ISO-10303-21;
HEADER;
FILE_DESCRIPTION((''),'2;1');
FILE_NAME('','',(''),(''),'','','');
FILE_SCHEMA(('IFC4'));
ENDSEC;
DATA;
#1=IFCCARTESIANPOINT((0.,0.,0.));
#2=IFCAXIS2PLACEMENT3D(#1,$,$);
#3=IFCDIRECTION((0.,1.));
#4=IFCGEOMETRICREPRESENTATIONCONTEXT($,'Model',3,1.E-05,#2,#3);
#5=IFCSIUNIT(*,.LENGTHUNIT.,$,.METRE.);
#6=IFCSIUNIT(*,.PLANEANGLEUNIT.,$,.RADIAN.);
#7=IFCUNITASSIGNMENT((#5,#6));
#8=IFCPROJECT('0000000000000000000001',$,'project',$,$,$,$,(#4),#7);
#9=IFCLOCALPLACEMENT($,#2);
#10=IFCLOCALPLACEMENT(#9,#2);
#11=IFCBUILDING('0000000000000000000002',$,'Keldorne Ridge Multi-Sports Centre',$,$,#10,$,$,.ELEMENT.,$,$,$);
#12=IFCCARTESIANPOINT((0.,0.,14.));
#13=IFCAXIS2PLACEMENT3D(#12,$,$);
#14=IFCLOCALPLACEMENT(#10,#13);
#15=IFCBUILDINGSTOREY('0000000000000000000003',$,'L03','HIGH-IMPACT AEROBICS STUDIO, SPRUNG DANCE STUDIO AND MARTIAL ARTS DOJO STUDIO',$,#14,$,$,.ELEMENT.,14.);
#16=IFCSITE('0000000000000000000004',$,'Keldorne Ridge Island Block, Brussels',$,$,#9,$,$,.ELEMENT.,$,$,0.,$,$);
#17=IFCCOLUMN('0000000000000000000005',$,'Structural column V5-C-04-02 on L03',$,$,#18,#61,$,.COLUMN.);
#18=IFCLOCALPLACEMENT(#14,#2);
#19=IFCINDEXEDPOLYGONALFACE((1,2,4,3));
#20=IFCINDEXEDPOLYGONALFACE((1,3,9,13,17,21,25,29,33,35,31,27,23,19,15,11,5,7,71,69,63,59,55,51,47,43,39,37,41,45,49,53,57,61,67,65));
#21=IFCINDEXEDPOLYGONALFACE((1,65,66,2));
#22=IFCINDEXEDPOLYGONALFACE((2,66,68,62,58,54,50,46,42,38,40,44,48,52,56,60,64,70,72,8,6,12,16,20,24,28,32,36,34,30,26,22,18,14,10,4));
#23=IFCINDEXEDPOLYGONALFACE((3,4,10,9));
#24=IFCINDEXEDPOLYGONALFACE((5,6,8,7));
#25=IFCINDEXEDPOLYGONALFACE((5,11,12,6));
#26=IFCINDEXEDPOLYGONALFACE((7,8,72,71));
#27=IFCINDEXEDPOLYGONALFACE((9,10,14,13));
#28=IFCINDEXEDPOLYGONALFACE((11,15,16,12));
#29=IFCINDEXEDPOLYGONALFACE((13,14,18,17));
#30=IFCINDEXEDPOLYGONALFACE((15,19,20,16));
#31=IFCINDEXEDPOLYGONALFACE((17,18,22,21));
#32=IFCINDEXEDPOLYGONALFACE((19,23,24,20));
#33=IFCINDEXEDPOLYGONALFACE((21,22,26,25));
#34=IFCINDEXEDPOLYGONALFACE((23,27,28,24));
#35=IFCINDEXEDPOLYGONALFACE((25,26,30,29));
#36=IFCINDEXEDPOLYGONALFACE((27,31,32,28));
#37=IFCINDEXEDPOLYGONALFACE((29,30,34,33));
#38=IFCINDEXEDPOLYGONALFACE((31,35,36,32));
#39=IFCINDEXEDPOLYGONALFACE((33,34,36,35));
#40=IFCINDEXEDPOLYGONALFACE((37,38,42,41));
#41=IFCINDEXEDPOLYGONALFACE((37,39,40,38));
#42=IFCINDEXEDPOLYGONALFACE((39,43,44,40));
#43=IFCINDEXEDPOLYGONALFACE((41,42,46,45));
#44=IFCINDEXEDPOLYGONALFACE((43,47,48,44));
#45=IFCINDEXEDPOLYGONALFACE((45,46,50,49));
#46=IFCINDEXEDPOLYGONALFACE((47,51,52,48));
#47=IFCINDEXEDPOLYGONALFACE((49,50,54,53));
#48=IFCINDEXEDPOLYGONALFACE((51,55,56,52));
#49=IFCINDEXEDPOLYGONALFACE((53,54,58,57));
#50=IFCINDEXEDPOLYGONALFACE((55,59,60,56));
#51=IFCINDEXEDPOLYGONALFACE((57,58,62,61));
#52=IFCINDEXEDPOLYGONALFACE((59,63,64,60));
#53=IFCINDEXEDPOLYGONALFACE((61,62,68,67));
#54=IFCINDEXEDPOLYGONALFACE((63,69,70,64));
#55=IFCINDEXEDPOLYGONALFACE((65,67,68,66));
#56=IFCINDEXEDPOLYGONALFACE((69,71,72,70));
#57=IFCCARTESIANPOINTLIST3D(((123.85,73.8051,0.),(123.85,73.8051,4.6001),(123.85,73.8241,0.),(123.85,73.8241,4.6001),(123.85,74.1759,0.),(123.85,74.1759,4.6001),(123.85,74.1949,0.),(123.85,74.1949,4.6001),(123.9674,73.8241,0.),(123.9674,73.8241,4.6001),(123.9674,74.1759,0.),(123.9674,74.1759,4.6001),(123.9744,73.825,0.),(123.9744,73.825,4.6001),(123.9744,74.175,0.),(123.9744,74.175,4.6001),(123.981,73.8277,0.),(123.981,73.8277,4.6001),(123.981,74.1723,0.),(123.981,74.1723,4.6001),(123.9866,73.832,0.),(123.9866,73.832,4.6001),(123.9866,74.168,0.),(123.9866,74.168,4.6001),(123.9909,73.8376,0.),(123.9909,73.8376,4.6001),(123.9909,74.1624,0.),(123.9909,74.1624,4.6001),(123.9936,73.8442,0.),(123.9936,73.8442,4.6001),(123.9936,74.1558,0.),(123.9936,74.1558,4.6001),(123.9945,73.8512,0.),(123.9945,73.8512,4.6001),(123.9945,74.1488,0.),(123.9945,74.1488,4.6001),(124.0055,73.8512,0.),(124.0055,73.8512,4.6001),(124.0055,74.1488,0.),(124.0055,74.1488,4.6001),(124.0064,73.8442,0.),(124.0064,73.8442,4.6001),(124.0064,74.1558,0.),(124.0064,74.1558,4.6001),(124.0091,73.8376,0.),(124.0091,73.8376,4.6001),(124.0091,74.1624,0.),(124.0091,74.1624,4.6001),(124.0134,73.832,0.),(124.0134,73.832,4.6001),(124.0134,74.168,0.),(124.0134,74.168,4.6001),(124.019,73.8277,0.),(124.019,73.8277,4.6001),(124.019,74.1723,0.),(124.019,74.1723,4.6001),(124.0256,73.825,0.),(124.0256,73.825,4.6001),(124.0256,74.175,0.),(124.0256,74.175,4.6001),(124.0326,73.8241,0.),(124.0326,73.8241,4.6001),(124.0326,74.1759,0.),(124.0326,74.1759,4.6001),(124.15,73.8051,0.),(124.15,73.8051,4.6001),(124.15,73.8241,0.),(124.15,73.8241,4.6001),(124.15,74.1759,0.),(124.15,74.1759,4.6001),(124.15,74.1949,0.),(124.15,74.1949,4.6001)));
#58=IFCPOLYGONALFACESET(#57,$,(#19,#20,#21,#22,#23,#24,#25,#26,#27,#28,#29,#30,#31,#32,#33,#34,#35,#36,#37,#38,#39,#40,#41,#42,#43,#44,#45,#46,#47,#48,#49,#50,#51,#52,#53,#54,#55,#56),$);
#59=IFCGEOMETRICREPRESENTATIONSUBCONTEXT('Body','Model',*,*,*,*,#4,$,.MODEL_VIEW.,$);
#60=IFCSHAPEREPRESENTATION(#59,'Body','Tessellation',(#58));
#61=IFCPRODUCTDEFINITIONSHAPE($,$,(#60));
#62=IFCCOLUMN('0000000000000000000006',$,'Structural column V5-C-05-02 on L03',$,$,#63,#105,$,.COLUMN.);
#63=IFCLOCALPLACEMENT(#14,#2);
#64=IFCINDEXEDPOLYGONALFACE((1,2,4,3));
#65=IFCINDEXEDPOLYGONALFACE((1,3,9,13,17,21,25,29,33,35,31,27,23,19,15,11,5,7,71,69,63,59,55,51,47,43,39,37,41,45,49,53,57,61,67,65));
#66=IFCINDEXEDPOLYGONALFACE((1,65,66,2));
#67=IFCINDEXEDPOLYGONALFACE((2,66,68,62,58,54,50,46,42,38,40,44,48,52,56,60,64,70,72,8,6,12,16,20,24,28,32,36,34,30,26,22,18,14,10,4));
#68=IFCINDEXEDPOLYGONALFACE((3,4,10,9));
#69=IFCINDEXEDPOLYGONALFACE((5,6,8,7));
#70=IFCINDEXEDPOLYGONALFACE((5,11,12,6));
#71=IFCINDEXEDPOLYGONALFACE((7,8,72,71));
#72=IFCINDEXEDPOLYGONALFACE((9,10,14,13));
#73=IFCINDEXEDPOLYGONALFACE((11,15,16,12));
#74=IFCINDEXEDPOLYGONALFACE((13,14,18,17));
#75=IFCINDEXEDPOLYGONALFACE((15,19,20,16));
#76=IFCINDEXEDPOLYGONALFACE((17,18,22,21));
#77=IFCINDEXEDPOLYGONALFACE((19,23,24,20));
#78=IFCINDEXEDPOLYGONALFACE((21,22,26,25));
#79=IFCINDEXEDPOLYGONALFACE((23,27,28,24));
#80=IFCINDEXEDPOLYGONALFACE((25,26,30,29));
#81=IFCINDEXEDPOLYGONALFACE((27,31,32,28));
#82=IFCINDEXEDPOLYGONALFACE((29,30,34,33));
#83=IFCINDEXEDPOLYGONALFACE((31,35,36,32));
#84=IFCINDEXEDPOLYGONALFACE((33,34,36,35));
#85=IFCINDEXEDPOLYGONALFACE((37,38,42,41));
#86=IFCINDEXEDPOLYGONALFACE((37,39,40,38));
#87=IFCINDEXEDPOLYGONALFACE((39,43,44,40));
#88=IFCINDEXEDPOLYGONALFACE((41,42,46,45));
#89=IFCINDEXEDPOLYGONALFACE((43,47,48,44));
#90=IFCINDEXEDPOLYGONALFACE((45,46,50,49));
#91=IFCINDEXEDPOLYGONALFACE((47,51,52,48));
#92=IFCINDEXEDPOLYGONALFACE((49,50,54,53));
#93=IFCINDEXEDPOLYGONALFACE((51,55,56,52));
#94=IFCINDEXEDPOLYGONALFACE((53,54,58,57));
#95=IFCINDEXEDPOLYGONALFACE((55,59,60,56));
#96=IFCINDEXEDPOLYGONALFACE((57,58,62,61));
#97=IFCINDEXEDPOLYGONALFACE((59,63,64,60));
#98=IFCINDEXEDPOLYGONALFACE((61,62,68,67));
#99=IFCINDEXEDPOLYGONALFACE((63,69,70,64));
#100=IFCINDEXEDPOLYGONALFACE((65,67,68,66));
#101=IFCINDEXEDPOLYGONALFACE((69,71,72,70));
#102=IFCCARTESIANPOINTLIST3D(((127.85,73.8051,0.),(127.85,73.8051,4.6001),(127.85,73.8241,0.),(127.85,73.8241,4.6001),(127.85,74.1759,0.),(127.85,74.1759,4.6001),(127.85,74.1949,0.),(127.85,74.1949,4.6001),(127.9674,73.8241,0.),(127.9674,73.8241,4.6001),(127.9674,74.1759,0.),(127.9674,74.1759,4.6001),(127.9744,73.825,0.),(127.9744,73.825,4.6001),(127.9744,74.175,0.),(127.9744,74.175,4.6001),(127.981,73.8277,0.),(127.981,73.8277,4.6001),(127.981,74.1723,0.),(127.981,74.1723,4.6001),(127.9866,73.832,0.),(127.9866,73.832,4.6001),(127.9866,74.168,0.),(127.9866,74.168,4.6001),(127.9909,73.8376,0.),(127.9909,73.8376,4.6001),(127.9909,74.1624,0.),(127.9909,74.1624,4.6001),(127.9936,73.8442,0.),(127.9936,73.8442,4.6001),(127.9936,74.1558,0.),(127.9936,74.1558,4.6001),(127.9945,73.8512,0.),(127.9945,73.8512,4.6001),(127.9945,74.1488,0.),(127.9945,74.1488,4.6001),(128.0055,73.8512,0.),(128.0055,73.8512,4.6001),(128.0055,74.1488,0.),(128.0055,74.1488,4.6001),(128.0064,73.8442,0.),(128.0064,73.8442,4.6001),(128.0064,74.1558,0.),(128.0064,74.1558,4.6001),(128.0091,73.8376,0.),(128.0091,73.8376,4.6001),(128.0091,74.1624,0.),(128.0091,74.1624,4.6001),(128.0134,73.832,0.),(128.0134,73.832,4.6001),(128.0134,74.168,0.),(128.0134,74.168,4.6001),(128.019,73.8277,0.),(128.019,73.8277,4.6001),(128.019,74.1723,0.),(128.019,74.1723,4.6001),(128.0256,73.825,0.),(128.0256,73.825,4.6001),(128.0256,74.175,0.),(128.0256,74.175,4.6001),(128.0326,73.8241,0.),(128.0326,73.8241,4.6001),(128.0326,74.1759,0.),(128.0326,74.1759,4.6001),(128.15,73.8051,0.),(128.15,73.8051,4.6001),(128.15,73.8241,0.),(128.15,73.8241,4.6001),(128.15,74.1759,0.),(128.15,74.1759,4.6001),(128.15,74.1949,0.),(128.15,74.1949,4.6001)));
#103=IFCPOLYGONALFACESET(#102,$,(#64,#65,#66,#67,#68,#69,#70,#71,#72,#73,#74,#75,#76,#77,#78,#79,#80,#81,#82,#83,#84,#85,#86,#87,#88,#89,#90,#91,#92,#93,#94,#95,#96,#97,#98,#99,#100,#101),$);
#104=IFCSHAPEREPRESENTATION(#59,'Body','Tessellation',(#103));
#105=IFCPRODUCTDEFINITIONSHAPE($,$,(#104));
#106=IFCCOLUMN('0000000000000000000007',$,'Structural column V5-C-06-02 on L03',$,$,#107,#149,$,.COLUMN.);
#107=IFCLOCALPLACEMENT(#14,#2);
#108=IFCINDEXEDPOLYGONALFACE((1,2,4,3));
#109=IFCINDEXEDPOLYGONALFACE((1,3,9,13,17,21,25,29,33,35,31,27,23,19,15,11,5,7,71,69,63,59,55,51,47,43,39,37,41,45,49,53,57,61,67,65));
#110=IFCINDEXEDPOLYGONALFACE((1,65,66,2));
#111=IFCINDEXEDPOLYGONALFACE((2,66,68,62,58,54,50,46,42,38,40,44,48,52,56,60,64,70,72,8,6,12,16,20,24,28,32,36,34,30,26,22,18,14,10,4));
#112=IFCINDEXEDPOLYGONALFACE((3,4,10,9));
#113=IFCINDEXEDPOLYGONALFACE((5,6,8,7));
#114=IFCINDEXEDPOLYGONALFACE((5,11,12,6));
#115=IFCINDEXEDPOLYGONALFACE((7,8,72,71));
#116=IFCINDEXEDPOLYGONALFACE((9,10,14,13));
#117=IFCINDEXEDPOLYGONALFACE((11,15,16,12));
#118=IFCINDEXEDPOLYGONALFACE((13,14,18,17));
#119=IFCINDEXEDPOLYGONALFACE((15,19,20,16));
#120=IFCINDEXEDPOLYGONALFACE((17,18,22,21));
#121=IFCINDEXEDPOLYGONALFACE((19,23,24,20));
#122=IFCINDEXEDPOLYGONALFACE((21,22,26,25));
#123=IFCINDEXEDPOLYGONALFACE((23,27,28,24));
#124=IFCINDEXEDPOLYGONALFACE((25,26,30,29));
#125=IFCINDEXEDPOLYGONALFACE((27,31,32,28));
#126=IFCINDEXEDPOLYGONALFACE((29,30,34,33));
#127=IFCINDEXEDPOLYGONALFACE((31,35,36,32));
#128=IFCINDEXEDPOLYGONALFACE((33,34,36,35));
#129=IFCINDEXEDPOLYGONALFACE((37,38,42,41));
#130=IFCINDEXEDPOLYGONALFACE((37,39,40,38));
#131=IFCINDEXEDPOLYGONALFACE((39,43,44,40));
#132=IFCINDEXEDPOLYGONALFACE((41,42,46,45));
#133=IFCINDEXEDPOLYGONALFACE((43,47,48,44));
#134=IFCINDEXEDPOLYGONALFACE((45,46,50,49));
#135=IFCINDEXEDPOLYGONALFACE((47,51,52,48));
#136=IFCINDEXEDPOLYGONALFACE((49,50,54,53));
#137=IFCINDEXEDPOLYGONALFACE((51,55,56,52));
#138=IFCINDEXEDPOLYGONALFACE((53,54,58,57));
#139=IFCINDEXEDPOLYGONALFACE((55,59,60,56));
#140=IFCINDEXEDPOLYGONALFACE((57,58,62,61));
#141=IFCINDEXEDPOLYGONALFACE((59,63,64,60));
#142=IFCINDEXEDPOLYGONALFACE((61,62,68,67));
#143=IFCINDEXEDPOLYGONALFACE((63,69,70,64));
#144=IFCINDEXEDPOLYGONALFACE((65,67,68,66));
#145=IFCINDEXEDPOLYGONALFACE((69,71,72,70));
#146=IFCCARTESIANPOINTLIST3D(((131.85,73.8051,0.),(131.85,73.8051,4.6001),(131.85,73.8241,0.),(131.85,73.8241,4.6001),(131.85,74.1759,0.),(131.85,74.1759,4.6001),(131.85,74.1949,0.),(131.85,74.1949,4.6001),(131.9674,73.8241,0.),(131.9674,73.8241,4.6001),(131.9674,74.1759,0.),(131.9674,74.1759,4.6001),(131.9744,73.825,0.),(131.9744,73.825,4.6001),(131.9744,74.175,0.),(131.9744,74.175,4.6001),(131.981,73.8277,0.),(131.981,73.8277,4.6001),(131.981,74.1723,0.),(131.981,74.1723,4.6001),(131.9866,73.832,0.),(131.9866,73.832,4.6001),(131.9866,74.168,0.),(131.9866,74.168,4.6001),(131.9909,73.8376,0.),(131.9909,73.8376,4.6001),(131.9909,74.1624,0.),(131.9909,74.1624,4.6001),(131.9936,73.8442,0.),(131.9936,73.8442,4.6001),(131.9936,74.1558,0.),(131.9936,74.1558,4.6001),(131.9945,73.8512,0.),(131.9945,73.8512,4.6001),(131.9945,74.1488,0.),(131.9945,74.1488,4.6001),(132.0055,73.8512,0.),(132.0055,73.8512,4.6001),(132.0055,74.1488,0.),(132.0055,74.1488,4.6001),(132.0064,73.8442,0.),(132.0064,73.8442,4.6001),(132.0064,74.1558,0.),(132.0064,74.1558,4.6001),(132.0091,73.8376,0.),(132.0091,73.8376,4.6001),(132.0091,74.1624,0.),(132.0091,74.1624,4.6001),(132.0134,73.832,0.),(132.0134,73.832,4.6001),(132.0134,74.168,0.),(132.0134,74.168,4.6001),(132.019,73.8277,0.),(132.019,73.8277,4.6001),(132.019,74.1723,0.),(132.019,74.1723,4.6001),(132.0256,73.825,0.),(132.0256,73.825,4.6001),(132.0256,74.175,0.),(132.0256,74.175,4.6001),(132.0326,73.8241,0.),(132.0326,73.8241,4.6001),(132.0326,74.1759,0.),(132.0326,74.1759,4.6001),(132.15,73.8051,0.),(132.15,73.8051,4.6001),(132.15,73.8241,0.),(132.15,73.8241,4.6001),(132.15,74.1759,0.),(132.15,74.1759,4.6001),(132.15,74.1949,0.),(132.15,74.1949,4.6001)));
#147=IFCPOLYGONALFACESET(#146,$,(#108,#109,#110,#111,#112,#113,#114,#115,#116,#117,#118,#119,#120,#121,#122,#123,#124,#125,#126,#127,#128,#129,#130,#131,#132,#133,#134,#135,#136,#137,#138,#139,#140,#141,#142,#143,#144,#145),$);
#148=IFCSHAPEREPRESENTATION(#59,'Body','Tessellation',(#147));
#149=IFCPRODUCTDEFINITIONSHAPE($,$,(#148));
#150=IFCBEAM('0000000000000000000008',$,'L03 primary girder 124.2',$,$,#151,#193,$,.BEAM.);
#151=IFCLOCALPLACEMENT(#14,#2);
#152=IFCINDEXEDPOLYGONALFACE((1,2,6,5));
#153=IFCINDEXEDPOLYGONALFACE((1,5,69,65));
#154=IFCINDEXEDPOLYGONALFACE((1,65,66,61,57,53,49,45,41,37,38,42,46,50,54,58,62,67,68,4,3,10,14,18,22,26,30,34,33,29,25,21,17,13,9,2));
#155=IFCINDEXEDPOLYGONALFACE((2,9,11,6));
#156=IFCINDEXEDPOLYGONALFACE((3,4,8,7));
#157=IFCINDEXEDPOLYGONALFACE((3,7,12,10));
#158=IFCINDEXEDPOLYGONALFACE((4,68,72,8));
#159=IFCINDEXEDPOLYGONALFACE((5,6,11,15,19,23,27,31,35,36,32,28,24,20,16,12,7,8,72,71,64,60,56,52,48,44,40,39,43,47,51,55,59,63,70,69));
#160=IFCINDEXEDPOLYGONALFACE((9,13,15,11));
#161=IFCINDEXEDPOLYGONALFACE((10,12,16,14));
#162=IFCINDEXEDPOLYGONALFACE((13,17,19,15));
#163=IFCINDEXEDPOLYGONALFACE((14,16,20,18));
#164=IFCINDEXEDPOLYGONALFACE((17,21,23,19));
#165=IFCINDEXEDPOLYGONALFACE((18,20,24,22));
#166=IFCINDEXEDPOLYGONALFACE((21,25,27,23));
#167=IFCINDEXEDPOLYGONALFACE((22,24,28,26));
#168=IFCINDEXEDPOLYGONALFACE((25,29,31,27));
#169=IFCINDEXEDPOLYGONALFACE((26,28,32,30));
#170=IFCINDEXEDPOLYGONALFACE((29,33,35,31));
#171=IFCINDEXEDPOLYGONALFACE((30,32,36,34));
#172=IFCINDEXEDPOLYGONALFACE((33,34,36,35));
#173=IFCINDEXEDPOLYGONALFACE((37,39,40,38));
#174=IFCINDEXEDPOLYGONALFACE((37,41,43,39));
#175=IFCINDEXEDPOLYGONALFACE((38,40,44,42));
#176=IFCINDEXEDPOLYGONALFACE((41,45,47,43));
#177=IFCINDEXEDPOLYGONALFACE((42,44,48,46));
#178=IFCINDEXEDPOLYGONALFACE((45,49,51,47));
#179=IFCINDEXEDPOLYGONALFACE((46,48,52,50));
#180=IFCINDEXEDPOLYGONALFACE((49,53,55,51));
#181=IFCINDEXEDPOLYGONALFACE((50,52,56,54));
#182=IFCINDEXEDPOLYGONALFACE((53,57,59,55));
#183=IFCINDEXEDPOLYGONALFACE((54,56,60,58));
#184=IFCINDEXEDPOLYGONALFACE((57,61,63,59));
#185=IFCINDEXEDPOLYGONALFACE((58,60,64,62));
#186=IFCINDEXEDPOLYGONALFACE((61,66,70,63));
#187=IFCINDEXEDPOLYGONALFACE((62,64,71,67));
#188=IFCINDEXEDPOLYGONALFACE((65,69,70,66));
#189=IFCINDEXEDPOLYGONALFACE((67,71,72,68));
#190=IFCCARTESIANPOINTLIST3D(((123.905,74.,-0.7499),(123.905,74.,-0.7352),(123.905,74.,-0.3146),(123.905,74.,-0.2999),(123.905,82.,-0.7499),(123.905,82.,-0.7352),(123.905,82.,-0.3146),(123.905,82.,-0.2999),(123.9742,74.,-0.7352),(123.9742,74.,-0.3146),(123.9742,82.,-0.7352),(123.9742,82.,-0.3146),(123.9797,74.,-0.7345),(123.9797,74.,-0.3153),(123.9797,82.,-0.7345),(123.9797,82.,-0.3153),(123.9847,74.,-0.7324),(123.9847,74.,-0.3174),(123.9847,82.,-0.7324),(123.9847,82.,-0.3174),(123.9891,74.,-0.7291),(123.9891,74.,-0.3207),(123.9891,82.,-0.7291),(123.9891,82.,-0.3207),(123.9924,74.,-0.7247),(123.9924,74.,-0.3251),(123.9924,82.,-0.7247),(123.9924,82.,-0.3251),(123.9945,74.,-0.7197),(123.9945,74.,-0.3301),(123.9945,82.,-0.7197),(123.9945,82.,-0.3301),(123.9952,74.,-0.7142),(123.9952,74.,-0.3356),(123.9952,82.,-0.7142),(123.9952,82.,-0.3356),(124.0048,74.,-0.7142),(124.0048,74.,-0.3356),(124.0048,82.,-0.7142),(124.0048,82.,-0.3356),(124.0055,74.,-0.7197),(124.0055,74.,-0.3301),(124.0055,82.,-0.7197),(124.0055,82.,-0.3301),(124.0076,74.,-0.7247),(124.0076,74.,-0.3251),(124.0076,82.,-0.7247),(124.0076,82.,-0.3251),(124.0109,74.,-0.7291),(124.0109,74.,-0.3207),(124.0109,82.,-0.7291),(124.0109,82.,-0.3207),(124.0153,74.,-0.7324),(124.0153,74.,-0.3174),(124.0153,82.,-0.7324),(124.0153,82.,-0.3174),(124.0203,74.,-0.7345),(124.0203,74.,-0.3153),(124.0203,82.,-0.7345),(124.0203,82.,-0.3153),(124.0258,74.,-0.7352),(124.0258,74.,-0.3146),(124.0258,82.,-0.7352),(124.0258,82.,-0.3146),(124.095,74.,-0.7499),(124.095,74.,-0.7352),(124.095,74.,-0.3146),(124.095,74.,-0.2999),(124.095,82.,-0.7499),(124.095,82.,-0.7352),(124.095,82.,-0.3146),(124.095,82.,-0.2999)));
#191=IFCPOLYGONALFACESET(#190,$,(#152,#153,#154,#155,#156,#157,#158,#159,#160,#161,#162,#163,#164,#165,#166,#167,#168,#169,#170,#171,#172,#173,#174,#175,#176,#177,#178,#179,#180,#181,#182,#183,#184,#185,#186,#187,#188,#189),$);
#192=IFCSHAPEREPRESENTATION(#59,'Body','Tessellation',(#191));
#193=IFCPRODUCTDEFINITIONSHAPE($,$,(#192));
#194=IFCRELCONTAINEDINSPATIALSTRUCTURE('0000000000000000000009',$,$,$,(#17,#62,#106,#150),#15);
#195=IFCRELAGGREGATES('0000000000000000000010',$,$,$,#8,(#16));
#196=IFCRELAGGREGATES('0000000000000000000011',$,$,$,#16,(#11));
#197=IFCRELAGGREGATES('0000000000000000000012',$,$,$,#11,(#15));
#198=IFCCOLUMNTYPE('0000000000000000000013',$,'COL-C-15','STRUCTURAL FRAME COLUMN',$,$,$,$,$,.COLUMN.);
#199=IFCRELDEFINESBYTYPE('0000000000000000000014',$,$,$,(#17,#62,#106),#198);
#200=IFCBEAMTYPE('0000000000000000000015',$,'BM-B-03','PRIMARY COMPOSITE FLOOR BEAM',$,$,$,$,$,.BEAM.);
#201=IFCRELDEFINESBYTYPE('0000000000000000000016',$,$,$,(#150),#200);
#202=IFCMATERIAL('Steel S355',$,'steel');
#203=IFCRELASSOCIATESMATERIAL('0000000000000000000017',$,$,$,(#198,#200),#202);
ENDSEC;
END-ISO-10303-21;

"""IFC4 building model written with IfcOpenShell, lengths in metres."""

from ifc_helpers import new_model, si_unit, direction, frame, origin, origin_2d, place, context, subcontext, project, spatial, i_section, extrude, material, material_profile, profile_set, type_object, element, save


model = new_model("IFC4")

# Units and contexts
model_context = context("Model", 3, precision=1e-05, world=origin(), true_north=direction((0.0, 1.0)))
body_context = subcontext(model_context, "Body", "Model", "MODEL_VIEW")
ifc_project = project(units=[si_unit("LENGTHUNIT", "METRE"), si_unit("PLANEANGLEUNIT", "RADIAN")], contexts=[model_context])

# Site, building, storey
site_placement = place(None, origin())
site = spatial("IfcSite", under=ifc_project, at=site_placement, Name="Keldorne Ridge Island Block, Brussels", CompositionType="ELEMENT", RefElevation=0.0)
building_placement = place(site_placement, origin())
building = spatial("IfcBuilding", under=site, at=building_placement, Name="Keldorne Ridge Multi-Sports Centre", CompositionType="ELEMENT")
storey_placement = place(building_placement, frame((0.0, 0.0, 14.0)))
storey = spatial("IfcBuildingStorey", under=building, at=storey_placement, Name="L03", Description="HIGH-IMPACT AEROBICS STUDIO, SPRUNG DANCE STUDIO AND MARTIAL ARTS DOJO STUDIO", CompositionType="ELEMENT", Elevation=14.0)

# Columns
ifc_material_1 = material(Name="Steel S355", Category="steel")
ifc_material_profile_1 = material_profile(ifc_material_1, i_section(OverallWidth=0.3, OverallDepth=0.3899, WebThickness=0.011, FlangeThickness=0.019, FilletRadius=0.0271, at=origin_2d()), Name="HEA 400")
ifc_profile_set_1 = profile_set([ifc_material_profile_1], Name="Steel S355")
column_type = type_object("IfcColumnType", Name="COL-C-15", Description="STRUCTURAL FRAME COLUMN", PredefinedType="COLUMN", material=ifc_profile_set_1)
for number, where, z_axis, x_axis, name in (
    (1, (124.0, 74.0, 0.0), (0.0, 0.0, 1.0), (1.0, 0.0, 0.0), "Structural column V5-C-04-02 on L03"),
    (2, (128.0, 74.0, 0.0), (0.0, 0.0, 1.0), (1.0, 0.0, 0.0), "Structural column V5-C-05-02 on L03"),
    (3, (132.0, 74.0, 0.0), (0.0, 0.0, 1.0), (1.0, 0.0, 0.0), "Structural column V5-C-06-02 on L03"),
):
    element("IfcColumn", number, at=place(storey_placement, frame(where, z_axis=z_axis, x_axis=x_axis)), inside=storey, type_object=column_type, Name=name, PredefinedType="COLUMN", context=body_context, shape_type="SweptSolid", body=[
        extrude(i_section(OverallWidth=0.3, OverallDepth=0.3899, WebThickness=0.011, FlangeThickness=0.019, FilletRadius=0.0271, at=origin_2d()), origin(), (0.0, 0.0, 1.0), 4.6001),
    ])

# Beam
ifc_material_profile_2 = material_profile(ifc_material_1, i_section(OverallWidth=0.1899, OverallDepth=0.45, WebThickness=0.0095, FlangeThickness=0.0146, FilletRadius=0.021, at=origin_2d()), Name="IPE 450")
ifc_profile_set_2 = profile_set([ifc_material_profile_2], Name="Steel S355")
beam_type_1 = type_object("IfcBeamType", Name="BM-B-03", Description="PRIMARY COMPOSITE FLOOR BEAM", PredefinedType="BEAM", material=ifc_profile_set_2)
for number, where, z_axis, x_axis, name in (
    (4, (124.0, 74.0, -0.5249), (0.0, 1.0, 0.0), (-1.0, 0.0, 0.0), "L03 primary girder 124.2"),
):
    element("IfcBeam", number, at=place(storey_placement, frame(where, z_axis=z_axis, x_axis=x_axis)), inside=storey, type_object=beam_type_1, Name=name, PredefinedType="BEAM", context=body_context, shape_type="SweptSolid", body=[
        extrude(i_section(OverallWidth=0.1899, OverallDepth=0.45, WebThickness=0.0095, FlangeThickness=0.0146, FilletRadius=0.021, at=origin_2d()), origin(), (0.0, 0.0, 1.0), 8.0),
    ])

save(model, "model.ifc")
